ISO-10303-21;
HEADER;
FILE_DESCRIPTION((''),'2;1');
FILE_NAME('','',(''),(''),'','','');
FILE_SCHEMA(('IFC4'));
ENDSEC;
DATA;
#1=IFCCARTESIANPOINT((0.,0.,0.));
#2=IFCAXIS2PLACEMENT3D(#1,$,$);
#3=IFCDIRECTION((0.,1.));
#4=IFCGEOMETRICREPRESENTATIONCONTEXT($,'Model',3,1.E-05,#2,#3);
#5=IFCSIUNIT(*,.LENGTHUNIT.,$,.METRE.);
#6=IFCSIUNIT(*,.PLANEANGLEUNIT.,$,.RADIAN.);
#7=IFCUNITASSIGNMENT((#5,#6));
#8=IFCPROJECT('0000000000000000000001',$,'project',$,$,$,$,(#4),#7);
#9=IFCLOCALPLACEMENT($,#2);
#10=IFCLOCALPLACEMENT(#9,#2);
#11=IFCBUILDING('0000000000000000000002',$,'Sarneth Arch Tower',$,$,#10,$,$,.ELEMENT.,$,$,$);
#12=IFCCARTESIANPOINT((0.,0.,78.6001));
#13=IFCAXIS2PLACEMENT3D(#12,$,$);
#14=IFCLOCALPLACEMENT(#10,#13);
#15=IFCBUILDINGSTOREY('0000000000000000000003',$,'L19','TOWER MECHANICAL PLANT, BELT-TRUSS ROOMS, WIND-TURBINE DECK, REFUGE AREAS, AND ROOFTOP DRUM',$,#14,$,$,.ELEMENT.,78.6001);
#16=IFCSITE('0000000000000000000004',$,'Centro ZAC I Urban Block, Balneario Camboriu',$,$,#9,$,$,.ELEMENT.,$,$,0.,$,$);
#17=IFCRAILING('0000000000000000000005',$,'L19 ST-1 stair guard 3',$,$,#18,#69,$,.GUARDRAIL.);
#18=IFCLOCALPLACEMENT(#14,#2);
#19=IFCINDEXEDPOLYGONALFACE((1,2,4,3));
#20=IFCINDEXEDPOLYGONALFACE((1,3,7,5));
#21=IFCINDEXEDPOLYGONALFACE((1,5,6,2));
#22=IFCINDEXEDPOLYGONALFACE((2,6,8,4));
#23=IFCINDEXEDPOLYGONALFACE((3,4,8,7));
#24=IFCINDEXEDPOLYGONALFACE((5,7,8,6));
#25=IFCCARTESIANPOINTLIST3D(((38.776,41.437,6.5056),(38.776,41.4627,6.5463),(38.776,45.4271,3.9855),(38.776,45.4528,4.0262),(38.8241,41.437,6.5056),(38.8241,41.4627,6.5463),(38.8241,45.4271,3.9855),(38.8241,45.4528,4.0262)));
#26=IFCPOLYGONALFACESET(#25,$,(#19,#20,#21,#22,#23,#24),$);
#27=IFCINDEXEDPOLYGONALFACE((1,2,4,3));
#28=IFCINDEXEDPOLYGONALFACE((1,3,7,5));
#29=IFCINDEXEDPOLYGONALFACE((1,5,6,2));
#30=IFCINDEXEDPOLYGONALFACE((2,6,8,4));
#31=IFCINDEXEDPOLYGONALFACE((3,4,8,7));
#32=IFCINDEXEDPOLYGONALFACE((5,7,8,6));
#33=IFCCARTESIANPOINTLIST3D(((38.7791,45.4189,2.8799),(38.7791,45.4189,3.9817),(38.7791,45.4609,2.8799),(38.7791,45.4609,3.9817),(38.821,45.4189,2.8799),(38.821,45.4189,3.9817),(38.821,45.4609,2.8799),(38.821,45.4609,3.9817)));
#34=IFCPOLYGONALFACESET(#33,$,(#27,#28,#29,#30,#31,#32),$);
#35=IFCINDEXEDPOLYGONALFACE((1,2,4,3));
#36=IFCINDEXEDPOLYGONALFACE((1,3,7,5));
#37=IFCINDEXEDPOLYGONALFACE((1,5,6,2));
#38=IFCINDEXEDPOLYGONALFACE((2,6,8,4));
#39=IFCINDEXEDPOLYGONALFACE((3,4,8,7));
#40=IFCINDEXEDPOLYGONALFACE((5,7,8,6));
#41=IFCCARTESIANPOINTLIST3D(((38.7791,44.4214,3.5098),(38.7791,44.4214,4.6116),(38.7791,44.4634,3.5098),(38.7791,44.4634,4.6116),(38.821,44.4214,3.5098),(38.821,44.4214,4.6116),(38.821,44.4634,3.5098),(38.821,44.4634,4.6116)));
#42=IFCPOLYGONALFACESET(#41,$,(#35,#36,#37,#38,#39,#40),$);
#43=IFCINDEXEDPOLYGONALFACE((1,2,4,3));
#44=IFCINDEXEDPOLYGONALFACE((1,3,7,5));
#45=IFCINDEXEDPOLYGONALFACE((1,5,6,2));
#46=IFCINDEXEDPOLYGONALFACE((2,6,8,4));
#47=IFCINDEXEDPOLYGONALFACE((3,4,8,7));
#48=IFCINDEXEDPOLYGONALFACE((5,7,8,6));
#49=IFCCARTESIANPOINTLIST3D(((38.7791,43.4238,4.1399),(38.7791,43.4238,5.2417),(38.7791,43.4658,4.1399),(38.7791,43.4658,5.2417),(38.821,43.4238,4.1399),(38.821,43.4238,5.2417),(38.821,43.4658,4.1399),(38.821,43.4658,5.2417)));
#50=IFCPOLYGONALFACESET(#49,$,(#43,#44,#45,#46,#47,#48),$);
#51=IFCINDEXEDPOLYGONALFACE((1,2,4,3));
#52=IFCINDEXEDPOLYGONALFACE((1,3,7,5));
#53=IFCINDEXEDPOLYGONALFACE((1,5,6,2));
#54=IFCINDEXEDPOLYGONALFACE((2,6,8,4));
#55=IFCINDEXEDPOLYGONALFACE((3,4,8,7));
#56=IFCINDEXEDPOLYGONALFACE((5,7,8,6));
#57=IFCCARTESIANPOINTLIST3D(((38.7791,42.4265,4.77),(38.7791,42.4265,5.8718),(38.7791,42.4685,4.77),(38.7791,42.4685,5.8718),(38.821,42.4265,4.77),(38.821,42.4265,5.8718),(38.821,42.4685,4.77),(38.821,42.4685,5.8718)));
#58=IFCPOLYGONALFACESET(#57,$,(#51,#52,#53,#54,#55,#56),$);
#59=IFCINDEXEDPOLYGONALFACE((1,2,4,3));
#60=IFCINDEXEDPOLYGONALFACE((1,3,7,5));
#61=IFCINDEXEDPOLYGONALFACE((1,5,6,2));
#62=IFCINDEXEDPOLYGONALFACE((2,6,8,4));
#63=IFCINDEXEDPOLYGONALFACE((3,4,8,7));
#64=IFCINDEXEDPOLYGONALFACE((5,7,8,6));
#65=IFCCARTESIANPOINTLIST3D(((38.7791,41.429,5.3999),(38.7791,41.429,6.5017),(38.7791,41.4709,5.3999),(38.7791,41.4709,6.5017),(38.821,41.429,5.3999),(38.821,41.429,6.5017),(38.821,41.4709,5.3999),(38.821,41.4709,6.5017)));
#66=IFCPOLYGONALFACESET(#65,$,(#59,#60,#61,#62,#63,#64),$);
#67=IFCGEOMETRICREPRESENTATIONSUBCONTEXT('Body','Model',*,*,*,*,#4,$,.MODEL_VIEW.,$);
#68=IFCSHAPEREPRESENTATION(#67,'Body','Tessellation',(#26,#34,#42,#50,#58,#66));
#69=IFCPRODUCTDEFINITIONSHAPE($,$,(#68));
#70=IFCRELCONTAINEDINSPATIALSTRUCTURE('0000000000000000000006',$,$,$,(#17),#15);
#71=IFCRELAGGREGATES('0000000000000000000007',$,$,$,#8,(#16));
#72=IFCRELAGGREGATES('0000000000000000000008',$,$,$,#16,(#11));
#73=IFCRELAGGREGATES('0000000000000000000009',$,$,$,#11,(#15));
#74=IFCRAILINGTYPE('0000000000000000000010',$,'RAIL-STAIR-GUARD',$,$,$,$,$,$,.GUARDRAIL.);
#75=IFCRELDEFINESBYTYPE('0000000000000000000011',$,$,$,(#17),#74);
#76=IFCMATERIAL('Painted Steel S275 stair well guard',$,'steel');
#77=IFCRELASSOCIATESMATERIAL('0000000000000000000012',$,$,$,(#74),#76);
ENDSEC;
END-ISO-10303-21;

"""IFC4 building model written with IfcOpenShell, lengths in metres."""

from ifc_helpers import new_model, si_unit, direction, frame, origin, origin_2d, place, context, subcontext, project, spatial, rectangle, extrude, material, type_object, element, save


model = new_model("IFC4")

# Units and contexts
model_context = context("Model", 3, precision=1e-05, world=origin(), true_north=direction((0.0, 1.0)))
body_context = subcontext(model_context, "Body", "Model", "MODEL_VIEW")
ifc_project = project(units=[si_unit("LENGTHUNIT", "METRE"), si_unit("PLANEANGLEUNIT", "RADIAN")], contexts=[model_context])

# Site, building, storey
site_placement = place(None, origin())
site = spatial("IfcSite", under=ifc_project, at=site_placement, Name="Centro ZAC I Urban Block, Balneario Camboriu", CompositionType="ELEMENT", RefElevation=0.0)
building_placement = place(site_placement, origin())
building = spatial("IfcBuilding", under=site, at=building_placement, Name="Sarneth Arch Tower", CompositionType="ELEMENT")
storey_placement = place(building_placement, frame((0.0, 0.0, 78.6001)))
storey = spatial("IfcBuildingStorey", under=building, at=storey_placement, Name="L19", Description="TOWER MECHANICAL PLANT, BELT-TRUSS ROOMS, WIND-TURBINE DECK, REFUGE AREAS, AND ROOFTOP DRUM", CompositionType="ELEMENT", Elevation=78.6001)

# Railing
ifc_material_1 = material(Name="Painted Steel S275 stair well guard", Category="steel")
railing_type_1 = type_object("IfcRailingType", Name="RAIL-STAIR-GUARD", PredefinedType="GUARDRAIL", material=ifc_material_1)
railing_1_placement = place(storey_placement, frame((38.8, 45.4399, 2.8799)))
element("IfcRailing", 1, at=railing_1_placement, inside=storey, type_object=railing_type_1, Name="L19 ST-1 stair guard 3", PredefinedType="GUARDRAIL", context=body_context, shape_type="SweptSolid", body=[
    extrude(rectangle(XDim=0.0481, YDim=0.0481, at=origin_2d()), frame((0.0, 0.0, 1.126), z_axis=(0.0, -0.845486, 0.533997), x_axis=(1.0, 0.0, 0.0)), (0.0, 0.0, 1.0), 4.7192),
    extrude(rectangle(XDim=0.042, YDim=0.042, at=origin_2d()), origin(), (0.0, 0.0, 1.0), 1.1018),
    extrude(rectangle(XDim=0.042, YDim=0.042, at=origin_2d()), frame((0.0, -0.9976, 0.6299)), (0.0, 0.0, 1.0), 1.1018),
    extrude(rectangle(XDim=0.042, YDim=0.042, at=origin_2d()), frame((0.0, -1.9951, 1.26)), (0.0, 0.0, 1.0), 1.1018),
    extrude(rectangle(XDim=0.042, YDim=0.042, at=origin_2d()), frame((0.0, -2.9924, 1.8901)), (0.0, 0.0, 1.0), 1.1018),
    extrude(rectangle(XDim=0.042, YDim=0.042, at=origin_2d()), frame((0.0, -3.99, 2.52)), (0.0, 0.0, 1.0), 1.1018),
])

save(model, "model.ifc")
